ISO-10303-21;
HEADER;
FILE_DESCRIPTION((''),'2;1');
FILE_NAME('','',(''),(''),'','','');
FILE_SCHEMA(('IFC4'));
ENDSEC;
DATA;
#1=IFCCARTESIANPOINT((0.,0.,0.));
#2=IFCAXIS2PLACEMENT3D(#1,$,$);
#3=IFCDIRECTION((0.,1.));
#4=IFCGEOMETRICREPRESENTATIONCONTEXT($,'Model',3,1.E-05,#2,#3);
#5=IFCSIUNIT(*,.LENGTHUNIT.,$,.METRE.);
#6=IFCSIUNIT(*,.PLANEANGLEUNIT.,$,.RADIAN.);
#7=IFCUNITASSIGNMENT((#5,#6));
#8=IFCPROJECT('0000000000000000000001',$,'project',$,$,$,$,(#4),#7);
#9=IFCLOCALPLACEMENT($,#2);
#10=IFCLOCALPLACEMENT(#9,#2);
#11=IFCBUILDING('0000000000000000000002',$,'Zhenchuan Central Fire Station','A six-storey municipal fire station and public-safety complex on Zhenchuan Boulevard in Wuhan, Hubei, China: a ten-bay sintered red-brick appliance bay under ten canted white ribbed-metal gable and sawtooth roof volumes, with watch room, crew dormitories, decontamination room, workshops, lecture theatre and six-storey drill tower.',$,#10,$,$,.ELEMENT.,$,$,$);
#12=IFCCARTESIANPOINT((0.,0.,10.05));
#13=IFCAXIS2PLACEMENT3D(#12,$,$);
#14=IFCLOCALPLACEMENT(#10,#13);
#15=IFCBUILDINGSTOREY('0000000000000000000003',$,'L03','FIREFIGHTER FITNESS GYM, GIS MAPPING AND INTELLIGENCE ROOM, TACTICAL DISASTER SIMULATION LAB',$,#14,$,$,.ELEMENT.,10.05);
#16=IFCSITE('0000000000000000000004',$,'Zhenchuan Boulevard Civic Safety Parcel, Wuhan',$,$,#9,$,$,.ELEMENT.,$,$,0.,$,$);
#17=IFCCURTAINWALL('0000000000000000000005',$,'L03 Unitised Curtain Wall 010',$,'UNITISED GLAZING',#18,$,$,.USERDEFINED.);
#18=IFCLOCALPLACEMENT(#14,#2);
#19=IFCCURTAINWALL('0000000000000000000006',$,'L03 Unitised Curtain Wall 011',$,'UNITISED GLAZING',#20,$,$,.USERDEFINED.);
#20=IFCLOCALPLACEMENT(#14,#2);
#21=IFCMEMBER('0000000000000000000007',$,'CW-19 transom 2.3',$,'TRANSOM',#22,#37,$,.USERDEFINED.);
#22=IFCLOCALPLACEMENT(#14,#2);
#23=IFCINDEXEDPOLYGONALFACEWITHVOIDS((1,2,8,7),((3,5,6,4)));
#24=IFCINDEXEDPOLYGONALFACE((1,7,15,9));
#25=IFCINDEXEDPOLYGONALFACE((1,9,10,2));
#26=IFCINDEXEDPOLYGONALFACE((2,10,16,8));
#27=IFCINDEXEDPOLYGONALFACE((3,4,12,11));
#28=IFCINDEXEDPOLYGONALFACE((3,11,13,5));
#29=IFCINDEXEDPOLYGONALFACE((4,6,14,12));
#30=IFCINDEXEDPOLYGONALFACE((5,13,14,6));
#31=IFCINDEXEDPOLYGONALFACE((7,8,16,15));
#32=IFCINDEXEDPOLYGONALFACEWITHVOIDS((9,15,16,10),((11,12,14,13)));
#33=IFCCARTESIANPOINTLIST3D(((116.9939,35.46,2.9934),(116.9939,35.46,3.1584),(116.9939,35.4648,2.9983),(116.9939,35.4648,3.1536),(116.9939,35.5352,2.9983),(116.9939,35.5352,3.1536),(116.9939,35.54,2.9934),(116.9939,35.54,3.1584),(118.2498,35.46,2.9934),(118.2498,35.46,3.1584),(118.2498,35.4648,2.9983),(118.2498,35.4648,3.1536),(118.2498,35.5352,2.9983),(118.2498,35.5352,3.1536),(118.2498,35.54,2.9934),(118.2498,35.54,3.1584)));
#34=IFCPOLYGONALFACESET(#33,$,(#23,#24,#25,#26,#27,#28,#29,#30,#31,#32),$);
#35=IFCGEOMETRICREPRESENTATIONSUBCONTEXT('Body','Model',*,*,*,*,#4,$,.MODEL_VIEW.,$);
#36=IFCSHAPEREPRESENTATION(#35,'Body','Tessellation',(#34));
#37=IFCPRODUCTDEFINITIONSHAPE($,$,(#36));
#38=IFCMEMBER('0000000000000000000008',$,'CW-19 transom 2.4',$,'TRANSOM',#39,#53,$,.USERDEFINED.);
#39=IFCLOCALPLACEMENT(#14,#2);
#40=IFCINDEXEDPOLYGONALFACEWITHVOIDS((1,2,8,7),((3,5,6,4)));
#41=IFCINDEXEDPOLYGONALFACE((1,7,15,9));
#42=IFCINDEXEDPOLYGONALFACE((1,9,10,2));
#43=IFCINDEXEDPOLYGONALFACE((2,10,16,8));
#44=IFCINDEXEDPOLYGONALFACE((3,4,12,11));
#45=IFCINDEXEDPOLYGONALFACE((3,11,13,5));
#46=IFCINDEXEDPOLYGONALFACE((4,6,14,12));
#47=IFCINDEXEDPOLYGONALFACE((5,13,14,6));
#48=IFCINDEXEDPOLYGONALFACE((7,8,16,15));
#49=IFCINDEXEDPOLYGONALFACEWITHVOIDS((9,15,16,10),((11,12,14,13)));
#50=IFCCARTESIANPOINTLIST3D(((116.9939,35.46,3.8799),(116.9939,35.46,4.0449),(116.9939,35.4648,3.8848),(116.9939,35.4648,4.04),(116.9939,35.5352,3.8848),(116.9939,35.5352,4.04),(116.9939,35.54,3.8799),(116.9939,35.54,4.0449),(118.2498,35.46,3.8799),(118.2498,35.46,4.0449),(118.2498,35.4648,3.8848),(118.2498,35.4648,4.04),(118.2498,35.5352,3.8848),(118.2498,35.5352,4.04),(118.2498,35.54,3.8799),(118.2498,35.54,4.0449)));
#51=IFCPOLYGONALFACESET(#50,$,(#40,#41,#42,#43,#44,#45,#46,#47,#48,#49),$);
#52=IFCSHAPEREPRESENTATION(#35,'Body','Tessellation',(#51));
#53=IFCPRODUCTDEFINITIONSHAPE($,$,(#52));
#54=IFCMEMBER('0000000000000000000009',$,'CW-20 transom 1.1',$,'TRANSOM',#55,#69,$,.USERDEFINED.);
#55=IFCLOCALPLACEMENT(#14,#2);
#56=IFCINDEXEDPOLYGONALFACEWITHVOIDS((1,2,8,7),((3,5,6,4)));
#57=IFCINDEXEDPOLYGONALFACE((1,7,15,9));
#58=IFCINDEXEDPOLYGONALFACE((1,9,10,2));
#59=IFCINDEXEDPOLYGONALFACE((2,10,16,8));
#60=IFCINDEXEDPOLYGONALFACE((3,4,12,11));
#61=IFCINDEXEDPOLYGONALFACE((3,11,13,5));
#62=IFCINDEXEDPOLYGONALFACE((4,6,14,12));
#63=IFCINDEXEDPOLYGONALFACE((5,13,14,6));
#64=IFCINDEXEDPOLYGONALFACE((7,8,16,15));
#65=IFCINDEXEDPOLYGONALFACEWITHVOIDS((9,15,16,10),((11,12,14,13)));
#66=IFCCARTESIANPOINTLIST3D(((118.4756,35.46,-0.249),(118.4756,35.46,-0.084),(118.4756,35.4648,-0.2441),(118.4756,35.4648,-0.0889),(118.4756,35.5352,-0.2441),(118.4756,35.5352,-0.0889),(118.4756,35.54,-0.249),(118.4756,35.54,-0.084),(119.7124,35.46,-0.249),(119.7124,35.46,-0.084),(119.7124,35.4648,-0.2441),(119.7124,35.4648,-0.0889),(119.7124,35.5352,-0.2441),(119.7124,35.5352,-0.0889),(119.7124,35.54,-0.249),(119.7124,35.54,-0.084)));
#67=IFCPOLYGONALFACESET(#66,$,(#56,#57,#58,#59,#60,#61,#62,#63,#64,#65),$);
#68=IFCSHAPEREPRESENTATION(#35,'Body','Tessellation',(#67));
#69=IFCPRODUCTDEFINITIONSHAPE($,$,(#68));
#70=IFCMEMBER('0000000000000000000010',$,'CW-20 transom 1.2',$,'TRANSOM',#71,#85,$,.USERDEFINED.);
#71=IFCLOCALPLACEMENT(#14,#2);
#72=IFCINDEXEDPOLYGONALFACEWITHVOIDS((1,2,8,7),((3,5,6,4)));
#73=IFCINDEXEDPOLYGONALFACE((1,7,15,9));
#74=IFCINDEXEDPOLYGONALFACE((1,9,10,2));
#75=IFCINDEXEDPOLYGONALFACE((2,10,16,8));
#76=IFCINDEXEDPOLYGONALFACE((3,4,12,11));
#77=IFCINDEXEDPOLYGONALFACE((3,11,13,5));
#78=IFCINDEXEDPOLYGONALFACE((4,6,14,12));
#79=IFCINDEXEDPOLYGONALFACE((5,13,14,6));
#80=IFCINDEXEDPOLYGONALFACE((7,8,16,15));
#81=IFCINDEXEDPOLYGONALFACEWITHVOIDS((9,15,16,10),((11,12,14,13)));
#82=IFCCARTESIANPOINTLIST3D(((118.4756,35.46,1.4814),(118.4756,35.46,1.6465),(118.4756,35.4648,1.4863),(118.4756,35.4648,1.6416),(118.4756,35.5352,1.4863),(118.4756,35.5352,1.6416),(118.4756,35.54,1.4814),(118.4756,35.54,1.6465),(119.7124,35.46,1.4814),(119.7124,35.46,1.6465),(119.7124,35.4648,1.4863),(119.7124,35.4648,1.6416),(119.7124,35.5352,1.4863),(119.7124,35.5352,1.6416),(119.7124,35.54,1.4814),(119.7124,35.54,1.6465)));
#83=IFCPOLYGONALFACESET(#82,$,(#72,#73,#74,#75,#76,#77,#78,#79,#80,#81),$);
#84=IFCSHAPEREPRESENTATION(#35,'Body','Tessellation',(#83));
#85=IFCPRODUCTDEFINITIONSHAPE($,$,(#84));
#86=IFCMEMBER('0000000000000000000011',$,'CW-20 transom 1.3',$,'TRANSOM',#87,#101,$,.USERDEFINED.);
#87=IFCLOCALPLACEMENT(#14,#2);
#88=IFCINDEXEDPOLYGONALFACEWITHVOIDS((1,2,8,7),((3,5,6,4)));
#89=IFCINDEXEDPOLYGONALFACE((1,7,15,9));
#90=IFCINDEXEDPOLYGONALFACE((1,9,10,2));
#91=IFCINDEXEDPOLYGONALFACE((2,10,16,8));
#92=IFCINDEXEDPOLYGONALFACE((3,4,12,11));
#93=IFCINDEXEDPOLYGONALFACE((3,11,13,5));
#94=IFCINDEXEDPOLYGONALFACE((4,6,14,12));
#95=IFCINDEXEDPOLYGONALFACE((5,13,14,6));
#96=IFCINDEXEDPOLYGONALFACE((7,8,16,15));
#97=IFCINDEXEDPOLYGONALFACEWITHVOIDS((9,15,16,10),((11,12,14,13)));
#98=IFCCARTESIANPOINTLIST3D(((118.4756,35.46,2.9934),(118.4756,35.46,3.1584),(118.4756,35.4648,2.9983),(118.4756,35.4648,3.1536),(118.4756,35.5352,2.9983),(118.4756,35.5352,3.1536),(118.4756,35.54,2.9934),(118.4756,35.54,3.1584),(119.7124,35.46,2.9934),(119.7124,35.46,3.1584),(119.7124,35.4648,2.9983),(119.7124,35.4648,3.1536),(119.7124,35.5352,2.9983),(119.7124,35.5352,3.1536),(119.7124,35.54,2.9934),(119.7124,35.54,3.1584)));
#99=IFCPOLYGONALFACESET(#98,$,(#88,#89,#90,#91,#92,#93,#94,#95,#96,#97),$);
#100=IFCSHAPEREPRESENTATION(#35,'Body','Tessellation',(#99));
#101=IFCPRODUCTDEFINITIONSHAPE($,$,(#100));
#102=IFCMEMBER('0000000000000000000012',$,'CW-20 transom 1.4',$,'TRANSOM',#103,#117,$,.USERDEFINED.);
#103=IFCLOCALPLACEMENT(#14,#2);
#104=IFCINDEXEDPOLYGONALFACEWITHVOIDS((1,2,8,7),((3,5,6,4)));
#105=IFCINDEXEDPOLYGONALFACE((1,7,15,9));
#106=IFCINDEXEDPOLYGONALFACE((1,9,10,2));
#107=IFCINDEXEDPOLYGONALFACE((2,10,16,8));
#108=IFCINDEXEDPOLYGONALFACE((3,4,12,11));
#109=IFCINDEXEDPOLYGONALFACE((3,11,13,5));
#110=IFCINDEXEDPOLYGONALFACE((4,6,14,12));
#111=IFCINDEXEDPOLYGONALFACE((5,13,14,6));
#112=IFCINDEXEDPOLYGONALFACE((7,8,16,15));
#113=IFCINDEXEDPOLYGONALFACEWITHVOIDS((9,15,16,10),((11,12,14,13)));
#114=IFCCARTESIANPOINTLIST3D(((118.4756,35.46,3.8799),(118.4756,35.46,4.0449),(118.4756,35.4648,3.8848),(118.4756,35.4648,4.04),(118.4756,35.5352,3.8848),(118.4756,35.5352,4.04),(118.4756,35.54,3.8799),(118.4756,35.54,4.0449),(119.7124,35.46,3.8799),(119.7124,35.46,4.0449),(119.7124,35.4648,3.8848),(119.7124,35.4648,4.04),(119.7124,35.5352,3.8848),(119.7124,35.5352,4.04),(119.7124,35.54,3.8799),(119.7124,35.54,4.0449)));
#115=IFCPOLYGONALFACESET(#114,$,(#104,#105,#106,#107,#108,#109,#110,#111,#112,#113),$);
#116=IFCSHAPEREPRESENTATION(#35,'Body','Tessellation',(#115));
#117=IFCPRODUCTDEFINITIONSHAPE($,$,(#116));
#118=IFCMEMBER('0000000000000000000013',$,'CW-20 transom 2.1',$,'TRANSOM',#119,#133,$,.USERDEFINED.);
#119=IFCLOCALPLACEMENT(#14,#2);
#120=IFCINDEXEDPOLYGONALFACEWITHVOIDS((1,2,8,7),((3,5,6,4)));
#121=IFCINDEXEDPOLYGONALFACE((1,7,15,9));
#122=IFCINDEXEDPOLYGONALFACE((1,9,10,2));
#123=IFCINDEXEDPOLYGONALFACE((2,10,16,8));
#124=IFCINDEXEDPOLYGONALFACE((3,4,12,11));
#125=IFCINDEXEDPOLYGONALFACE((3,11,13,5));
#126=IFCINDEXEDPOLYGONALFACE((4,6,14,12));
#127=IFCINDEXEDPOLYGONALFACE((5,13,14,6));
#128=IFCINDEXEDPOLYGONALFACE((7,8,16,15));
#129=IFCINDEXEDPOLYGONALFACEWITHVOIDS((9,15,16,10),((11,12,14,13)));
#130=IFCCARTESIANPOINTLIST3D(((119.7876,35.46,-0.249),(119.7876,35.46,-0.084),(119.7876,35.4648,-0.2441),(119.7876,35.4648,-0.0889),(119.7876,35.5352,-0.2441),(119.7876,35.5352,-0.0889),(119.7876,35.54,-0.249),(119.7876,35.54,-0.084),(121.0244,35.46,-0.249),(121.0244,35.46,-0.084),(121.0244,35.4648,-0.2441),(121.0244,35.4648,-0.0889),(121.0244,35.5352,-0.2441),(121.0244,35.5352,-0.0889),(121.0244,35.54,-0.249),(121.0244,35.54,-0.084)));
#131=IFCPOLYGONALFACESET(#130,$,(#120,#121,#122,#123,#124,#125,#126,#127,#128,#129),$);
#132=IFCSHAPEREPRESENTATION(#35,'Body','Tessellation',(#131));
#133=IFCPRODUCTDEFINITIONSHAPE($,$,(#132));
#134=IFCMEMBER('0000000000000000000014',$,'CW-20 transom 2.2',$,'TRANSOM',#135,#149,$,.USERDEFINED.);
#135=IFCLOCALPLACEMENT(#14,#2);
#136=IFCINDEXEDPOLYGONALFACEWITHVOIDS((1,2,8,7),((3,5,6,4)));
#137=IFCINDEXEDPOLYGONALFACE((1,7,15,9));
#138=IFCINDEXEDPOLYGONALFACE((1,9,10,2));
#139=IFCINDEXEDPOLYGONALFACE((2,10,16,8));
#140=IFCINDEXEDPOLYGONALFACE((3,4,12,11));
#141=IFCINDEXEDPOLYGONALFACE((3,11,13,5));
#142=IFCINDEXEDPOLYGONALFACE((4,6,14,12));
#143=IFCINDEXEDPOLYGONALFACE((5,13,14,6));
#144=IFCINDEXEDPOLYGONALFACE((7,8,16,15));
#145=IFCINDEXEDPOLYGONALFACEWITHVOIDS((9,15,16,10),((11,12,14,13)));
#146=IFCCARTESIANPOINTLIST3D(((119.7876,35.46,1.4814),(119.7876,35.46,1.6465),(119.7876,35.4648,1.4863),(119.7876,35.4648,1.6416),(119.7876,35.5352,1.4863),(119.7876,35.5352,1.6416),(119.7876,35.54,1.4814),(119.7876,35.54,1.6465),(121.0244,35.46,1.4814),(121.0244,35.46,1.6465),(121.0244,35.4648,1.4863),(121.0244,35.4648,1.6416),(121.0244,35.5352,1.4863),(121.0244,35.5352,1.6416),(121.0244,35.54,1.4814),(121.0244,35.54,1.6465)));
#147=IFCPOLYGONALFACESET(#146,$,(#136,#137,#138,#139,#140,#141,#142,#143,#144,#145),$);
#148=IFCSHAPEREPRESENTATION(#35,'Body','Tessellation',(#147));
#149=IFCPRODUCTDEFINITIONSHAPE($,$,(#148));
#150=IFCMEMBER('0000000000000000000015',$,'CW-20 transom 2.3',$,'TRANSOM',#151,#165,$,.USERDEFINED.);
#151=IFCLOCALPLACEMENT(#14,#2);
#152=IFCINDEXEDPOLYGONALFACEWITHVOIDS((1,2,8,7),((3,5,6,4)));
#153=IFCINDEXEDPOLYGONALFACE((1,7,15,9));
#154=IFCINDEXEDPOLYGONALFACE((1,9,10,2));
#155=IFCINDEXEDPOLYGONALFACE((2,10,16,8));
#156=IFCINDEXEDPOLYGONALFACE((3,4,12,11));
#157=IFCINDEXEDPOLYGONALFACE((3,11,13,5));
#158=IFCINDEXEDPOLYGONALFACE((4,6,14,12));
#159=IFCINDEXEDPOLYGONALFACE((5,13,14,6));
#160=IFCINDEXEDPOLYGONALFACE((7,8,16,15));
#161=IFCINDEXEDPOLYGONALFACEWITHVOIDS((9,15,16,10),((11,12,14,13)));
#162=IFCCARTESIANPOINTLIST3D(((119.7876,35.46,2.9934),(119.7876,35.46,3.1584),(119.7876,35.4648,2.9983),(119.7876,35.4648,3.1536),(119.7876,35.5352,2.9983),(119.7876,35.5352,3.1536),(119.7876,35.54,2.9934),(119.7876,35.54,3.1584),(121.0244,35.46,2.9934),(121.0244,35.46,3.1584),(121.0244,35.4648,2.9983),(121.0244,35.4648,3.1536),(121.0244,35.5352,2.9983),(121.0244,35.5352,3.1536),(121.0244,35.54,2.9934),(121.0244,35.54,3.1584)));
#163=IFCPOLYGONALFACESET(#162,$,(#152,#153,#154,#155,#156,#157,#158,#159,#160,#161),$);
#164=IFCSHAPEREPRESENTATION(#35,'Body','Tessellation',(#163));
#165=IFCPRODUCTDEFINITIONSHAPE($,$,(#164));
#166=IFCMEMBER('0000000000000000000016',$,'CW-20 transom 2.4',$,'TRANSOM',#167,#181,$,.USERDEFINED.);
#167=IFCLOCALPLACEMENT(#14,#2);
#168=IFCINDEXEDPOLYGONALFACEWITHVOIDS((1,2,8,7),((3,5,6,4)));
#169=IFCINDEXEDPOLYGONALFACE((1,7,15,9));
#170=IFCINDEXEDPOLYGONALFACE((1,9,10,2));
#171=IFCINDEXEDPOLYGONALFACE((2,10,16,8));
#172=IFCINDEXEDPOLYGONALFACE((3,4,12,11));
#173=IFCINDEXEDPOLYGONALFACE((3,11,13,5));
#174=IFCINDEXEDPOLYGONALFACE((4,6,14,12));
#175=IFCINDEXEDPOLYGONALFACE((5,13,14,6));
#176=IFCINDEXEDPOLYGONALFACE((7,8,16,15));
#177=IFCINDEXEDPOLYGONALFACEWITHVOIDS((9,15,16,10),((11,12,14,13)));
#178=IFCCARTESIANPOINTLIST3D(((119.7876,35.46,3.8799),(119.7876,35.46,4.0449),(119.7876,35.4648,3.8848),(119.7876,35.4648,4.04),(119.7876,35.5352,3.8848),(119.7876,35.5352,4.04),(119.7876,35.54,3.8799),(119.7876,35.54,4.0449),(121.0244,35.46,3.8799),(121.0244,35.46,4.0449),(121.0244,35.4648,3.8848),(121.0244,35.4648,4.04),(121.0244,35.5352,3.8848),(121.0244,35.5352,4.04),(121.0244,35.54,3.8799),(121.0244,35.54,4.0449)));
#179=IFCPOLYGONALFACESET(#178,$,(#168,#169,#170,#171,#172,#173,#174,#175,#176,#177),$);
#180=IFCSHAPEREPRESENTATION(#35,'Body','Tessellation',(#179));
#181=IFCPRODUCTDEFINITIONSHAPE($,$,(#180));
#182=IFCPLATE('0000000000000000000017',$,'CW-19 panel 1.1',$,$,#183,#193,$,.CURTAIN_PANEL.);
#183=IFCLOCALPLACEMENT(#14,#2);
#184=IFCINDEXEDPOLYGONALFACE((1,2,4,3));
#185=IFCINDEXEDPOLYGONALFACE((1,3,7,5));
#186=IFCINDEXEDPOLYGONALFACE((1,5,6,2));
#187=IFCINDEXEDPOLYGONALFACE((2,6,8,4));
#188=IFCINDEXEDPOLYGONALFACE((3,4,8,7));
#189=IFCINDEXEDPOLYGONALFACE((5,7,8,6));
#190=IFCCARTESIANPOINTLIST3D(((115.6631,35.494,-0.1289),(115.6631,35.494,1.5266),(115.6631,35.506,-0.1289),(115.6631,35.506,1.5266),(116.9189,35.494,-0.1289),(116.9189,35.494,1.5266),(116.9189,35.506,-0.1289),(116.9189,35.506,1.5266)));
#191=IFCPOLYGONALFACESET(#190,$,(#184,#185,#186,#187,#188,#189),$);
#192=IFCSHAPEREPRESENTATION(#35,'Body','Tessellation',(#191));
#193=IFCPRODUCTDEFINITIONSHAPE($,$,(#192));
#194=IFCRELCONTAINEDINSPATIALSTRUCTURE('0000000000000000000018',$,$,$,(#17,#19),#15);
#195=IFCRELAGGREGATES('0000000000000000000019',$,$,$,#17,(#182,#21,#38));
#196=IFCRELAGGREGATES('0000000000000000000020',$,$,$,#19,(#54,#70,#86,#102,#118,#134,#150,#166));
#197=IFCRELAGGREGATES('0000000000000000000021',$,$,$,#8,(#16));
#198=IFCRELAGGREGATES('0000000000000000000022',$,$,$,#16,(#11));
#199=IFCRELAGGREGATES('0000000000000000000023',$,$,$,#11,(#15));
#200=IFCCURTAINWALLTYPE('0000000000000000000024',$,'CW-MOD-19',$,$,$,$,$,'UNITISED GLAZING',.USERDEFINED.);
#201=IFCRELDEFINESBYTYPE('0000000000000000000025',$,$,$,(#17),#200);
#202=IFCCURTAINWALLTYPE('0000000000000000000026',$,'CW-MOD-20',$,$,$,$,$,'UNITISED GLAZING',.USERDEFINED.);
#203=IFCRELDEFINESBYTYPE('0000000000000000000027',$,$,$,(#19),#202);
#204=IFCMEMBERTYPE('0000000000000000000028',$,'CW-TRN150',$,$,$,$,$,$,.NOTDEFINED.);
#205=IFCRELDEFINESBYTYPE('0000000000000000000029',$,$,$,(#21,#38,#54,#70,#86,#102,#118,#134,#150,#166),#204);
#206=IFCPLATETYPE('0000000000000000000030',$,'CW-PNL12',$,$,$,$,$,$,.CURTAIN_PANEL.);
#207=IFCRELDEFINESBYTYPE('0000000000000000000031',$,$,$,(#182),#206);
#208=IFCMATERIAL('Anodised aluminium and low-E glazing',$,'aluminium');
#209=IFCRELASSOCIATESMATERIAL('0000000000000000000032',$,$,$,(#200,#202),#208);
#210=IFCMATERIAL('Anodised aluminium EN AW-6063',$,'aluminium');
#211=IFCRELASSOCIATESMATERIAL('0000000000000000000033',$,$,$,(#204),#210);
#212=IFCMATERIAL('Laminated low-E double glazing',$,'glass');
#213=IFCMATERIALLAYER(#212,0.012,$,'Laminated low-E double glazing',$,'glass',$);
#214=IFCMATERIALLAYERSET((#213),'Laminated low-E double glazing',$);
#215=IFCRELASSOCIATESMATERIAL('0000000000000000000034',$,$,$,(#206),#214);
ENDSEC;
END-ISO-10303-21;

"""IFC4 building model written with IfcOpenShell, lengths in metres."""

from ifc_helpers import new_model, si_unit, direction, frame, origin, origin_2d, place, context, subcontext, project, spatial, rectangle, hollow_rectangle, extrude, material, layer, layer_set, material_profile, profile_set, type_object, element, aggregate, save


model = new_model("IFC4")

# Units and contexts
model_context = context("Model", 3, precision=1e-05, world=origin(), true_north=direction((0.0, 1.0)))
body_context = subcontext(model_context, "Body", "Model", "MODEL_VIEW")
ifc_project = project(units=[si_unit("LENGTHUNIT", "METRE"), si_unit("PLANEANGLEUNIT", "RADIAN")], contexts=[model_context])

# Site, building, storey
site_placement = place(None, origin())
site = spatial("IfcSite", under=ifc_project, at=site_placement, Name="Zhenchuan Boulevard Civic Safety Parcel, Wuhan", CompositionType="ELEMENT", RefElevation=0.0)
building_placement = place(site_placement, origin())
building = spatial("IfcBuilding", under=site, at=building_placement, Name="Zhenchuan Central Fire Station", Description="A six-storey municipal fire station and public-safety complex on Zhenchuan Boulevard in Wuhan, Hubei, China: a ten-bay sintered red-brick appliance bay under ten canted white ribbed-metal gable and sawtooth roof volumes, with watch room, crew dormitories, decontamination room, workshops, lecture theatre and six-storey drill tower.", CompositionType="ELEMENT")
storey_placement = place(building_placement, frame((0.0, 0.0, 10.05)))
storey = spatial("IfcBuildingStorey", under=building, at=storey_placement, Name="L03", Description="FIREFIGHTER FITNESS GYM, GIS MAPPING AND INTELLIGENCE ROOM, TACTICAL DISASTER SIMULATION LAB", CompositionType="ELEMENT", Elevation=10.05)

# Curtain walls
ifc_material_1 = material(Name="Anodised aluminium and low-E glazing", Category="aluminium")
curtain_wall_type_1 = type_object("IfcCurtainWallType", Name="CW-MOD-19", ElementType="UNITISED GLAZING", PredefinedType="USERDEFINED", material=ifc_material_1)
curtain_wall_1_placement = place(storey_placement, origin())
curtain_wall_1 = element("IfcCurtainWall", 1, at=curtain_wall_1_placement, inside=storey, type_object=curtain_wall_type_1, Name="L03 Unitised Curtain Wall 010", ObjectType="UNITISED GLAZING", PredefinedType="USERDEFINED")
ifc_material_2 = material(Name="Anodised aluminium EN AW-6063", Category="aluminium")
curtain_wall_type_2 = type_object("IfcCurtainWallType", Name="CW-MOD-20", ElementType="UNITISED GLAZING", PredefinedType="USERDEFINED", material=ifc_material_1)
curtain_wall_2_placement = place(storey_placement, origin())
curtain_wall_2 = element("IfcCurtainWall", 2, at=curtain_wall_2_placement, inside=storey, type_object=curtain_wall_type_2, Name="L03 Unitised Curtain Wall 011", ObjectType="UNITISED GLAZING", PredefinedType="USERDEFINED")

# Members
ifc_material_profile_1 = material_profile(ifc_material_2, hollow_rectangle(XDim=0.0801, YDim=0.165, WallThickness=0.0049, at=origin_2d()), Name="ALU-T 165x80")
ifc_profile_set_1 = profile_set([ifc_material_profile_1], Name="Anodised aluminium EN AW-6063")
member_type_1 = type_object("IfcMemberType", Name="CW-TRN150", PredefinedType="NOTDEFINED", material=ifc_profile_set_1)
member_1_placement = place(storey_placement, frame((116.9939, 35.5, 3.0759), z_axis=(1.0, 0.0, 0.0), x_axis=(0.0, 1.0, 0.0)))
member_1 = element("IfcMember", 3, at=member_1_placement, type_object=member_type_1, Name="CW-19 transom 2.3", ObjectType="TRANSOM", PredefinedType="USERDEFINED", context=body_context, shape_type="SweptSolid", body=[
    extrude(hollow_rectangle(XDim=0.0801, YDim=0.165, WallThickness=0.0049, at=origin_2d()), origin(), (0.0, 0.0, 1.0), 1.2559),
])
member_2_placement = place(storey_placement, frame((116.9939, 35.5, 3.9624), z_axis=(1.0, 0.0, 0.0), x_axis=(0.0, 1.0, 0.0)))
member_2 = element("IfcMember", 4, at=member_2_placement, type_object=member_type_1, Name="CW-19 transom 2.4", ObjectType="TRANSOM", PredefinedType="USERDEFINED", context=body_context, shape_type="SweptSolid", body=[
    extrude(hollow_rectangle(XDim=0.0801, YDim=0.165, WallThickness=0.0049, at=origin_2d()), origin(), (0.0, 0.0, 1.0), 1.2559),
])
member_3_placement = place(storey_placement, frame((118.4756, 35.5, -0.1665), z_axis=(1.0, 0.0, 0.0), x_axis=(0.0, 1.0, 0.0)))
member_3 = element("IfcMember", 5, at=member_3_placement, type_object=member_type_1, Name="CW-20 transom 1.1", ObjectType="TRANSOM", PredefinedType="USERDEFINED", context=body_context, shape_type="SweptSolid", body=[
    extrude(hollow_rectangle(XDim=0.0801, YDim=0.165, WallThickness=0.0049, at=origin_2d()), origin(), (0.0, 0.0, 1.0), 1.2368),
])
member_4_placement = place(storey_placement, frame((118.4756, 35.5, 1.564), z_axis=(1.0, 0.0, 0.0), x_axis=(0.0, 1.0, 0.0)))
member_4 = element("IfcMember", 6, at=member_4_placement, type_object=member_type_1, Name="CW-20 transom 1.2", ObjectType="TRANSOM", PredefinedType="USERDEFINED", context=body_context, shape_type="SweptSolid", body=[
    extrude(hollow_rectangle(XDim=0.0801, YDim=0.165, WallThickness=0.0049, at=origin_2d()), origin(), (0.0, 0.0, 1.0), 1.2368),
])
member_5_placement = place(storey_placement, frame((118.4756, 35.5, 3.0759), z_axis=(1.0, 0.0, 0.0), x_axis=(0.0, 1.0, 0.0)))
member_5 = element("IfcMember", 7, at=member_5_placement, type_object=member_type_1, Name="CW-20 transom 1.3", ObjectType="TRANSOM", PredefinedType="USERDEFINED", context=body_context, shape_type="SweptSolid", body=[
    extrude(hollow_rectangle(XDim=0.0801, YDim=0.165, WallThickness=0.0049, at=origin_2d()), origin(), (0.0, 0.0, 1.0), 1.2368),
])
member_6_placement = place(storey_placement, frame((118.4756, 35.5, 3.9624), z_axis=(1.0, 0.0, 0.0), x_axis=(0.0, 1.0, 0.0)))
member_6 = element("IfcMember", 8, at=member_6_placement, type_object=member_type_1, Name="CW-20 transom 1.4", ObjectType="TRANSOM", PredefinedType="USERDEFINED", context=body_context, shape_type="SweptSolid", body=[
    extrude(hollow_rectangle(XDim=0.0801, YDim=0.165, WallThickness=0.0049, at=origin_2d()), origin(), (0.0, 0.0, 1.0), 1.2368),
])
member_7_placement = place(storey_placement, frame((119.7876, 35.5, -0.1665), z_axis=(1.0, 0.0, 0.0), x_axis=(0.0, 1.0, 0.0)))
member_7 = element("IfcMember", 9, at=member_7_placement, type_object=member_type_1, Name="CW-20 transom 2.1", ObjectType="TRANSOM", PredefinedType="USERDEFINED", context=body_context, shape_type="SweptSolid", body=[
    extrude(hollow_rectangle(XDim=0.0801, YDim=0.165, WallThickness=0.0049, at=origin_2d()), origin(), (0.0, 0.0, 1.0), 1.2368),
])
member_8_placement = place(storey_placement, frame((119.7876, 35.5, 1.564), z_axis=(1.0, 0.0, 0.0), x_axis=(0.0, 1.0, 0.0)))
member_8 = element("IfcMember", 10, at=member_8_placement, type_object=member_type_1, Name="CW-20 transom 2.2", ObjectType="TRANSOM", PredefinedType="USERDEFINED", context=body_context, shape_type="SweptSolid", body=[
    extrude(hollow_rectangle(XDim=0.0801, YDim=0.165, WallThickness=0.0049, at=origin_2d()), origin(), (0.0, 0.0, 1.0), 1.2368),
])
member_9_placement = place(storey_placement, frame((119.7876, 35.5, 3.0759), z_axis=(1.0, 0.0, 0.0), x_axis=(0.0, 1.0, 0.0)))
member_9 = element("IfcMember", 11, at=member_9_placement, type_object=member_type_1, Name="CW-20 transom 2.3", ObjectType="TRANSOM", PredefinedType="USERDEFINED", context=body_context, shape_type="SweptSolid", body=[
    extrude(hollow_rectangle(XDim=0.0801, YDim=0.165, WallThickness=0.0049, at=origin_2d()), origin(), (0.0, 0.0, 1.0), 1.2368),
])
member_10_placement = place(storey_placement, frame((119.7876, 35.5, 3.9624), z_axis=(1.0, 0.0, 0.0), x_axis=(0.0, 1.0, 0.0)))
member_10 = element("IfcMember", 12, at=member_10_placement, type_object=member_type_1, Name="CW-20 transom 2.4", ObjectType="TRANSOM", PredefinedType="USERDEFINED", context=body_context, shape_type="SweptSolid", body=[
    extrude(hollow_rectangle(XDim=0.0801, YDim=0.165, WallThickness=0.0049, at=origin_2d()), origin(), (0.0, 0.0, 1.0), 1.2368),
])

# Plate
ifc_material_3 = material(Name="Laminated low-E double glazing", Category="glass")
ifc_layer = layer(ifc_material_3, 0.012, Name="Laminated low-E double glazing", Category="glass")
ifc_layer_set = layer_set([ifc_layer], Name="Laminated low-E double glazing")
plate_type = type_object("IfcPlateType", Name="CW-PNL12", PredefinedType="CURTAIN_PANEL", material=ifc_layer_set)
plate_1_placement = place(storey_placement, frame((116.291, 35.5, -0.1289), z_axis=(0.0, 0.0, 1.0), x_axis=(1.0, 0.0, 0.0)))
plate_1 = element("IfcPlate", 13, at=plate_1_placement, type_object=plate_type, Name="CW-19 panel 1.1", PredefinedType="CURTAIN_PANEL", context=body_context, shape_type="SweptSolid", body=[
    extrude(rectangle(XDim=1.2559, YDim=0.012, at=origin_2d()), origin(), (0.0, 0.0, 1.0), 1.6555),
])
aggregate(curtain_wall_1, [plate_1, member_1, member_2])
aggregate(curtain_wall_2, [member_3, member_4, member_5, member_6, member_7, member_8, member_9, member_10])

save(model, "model.ifc")
